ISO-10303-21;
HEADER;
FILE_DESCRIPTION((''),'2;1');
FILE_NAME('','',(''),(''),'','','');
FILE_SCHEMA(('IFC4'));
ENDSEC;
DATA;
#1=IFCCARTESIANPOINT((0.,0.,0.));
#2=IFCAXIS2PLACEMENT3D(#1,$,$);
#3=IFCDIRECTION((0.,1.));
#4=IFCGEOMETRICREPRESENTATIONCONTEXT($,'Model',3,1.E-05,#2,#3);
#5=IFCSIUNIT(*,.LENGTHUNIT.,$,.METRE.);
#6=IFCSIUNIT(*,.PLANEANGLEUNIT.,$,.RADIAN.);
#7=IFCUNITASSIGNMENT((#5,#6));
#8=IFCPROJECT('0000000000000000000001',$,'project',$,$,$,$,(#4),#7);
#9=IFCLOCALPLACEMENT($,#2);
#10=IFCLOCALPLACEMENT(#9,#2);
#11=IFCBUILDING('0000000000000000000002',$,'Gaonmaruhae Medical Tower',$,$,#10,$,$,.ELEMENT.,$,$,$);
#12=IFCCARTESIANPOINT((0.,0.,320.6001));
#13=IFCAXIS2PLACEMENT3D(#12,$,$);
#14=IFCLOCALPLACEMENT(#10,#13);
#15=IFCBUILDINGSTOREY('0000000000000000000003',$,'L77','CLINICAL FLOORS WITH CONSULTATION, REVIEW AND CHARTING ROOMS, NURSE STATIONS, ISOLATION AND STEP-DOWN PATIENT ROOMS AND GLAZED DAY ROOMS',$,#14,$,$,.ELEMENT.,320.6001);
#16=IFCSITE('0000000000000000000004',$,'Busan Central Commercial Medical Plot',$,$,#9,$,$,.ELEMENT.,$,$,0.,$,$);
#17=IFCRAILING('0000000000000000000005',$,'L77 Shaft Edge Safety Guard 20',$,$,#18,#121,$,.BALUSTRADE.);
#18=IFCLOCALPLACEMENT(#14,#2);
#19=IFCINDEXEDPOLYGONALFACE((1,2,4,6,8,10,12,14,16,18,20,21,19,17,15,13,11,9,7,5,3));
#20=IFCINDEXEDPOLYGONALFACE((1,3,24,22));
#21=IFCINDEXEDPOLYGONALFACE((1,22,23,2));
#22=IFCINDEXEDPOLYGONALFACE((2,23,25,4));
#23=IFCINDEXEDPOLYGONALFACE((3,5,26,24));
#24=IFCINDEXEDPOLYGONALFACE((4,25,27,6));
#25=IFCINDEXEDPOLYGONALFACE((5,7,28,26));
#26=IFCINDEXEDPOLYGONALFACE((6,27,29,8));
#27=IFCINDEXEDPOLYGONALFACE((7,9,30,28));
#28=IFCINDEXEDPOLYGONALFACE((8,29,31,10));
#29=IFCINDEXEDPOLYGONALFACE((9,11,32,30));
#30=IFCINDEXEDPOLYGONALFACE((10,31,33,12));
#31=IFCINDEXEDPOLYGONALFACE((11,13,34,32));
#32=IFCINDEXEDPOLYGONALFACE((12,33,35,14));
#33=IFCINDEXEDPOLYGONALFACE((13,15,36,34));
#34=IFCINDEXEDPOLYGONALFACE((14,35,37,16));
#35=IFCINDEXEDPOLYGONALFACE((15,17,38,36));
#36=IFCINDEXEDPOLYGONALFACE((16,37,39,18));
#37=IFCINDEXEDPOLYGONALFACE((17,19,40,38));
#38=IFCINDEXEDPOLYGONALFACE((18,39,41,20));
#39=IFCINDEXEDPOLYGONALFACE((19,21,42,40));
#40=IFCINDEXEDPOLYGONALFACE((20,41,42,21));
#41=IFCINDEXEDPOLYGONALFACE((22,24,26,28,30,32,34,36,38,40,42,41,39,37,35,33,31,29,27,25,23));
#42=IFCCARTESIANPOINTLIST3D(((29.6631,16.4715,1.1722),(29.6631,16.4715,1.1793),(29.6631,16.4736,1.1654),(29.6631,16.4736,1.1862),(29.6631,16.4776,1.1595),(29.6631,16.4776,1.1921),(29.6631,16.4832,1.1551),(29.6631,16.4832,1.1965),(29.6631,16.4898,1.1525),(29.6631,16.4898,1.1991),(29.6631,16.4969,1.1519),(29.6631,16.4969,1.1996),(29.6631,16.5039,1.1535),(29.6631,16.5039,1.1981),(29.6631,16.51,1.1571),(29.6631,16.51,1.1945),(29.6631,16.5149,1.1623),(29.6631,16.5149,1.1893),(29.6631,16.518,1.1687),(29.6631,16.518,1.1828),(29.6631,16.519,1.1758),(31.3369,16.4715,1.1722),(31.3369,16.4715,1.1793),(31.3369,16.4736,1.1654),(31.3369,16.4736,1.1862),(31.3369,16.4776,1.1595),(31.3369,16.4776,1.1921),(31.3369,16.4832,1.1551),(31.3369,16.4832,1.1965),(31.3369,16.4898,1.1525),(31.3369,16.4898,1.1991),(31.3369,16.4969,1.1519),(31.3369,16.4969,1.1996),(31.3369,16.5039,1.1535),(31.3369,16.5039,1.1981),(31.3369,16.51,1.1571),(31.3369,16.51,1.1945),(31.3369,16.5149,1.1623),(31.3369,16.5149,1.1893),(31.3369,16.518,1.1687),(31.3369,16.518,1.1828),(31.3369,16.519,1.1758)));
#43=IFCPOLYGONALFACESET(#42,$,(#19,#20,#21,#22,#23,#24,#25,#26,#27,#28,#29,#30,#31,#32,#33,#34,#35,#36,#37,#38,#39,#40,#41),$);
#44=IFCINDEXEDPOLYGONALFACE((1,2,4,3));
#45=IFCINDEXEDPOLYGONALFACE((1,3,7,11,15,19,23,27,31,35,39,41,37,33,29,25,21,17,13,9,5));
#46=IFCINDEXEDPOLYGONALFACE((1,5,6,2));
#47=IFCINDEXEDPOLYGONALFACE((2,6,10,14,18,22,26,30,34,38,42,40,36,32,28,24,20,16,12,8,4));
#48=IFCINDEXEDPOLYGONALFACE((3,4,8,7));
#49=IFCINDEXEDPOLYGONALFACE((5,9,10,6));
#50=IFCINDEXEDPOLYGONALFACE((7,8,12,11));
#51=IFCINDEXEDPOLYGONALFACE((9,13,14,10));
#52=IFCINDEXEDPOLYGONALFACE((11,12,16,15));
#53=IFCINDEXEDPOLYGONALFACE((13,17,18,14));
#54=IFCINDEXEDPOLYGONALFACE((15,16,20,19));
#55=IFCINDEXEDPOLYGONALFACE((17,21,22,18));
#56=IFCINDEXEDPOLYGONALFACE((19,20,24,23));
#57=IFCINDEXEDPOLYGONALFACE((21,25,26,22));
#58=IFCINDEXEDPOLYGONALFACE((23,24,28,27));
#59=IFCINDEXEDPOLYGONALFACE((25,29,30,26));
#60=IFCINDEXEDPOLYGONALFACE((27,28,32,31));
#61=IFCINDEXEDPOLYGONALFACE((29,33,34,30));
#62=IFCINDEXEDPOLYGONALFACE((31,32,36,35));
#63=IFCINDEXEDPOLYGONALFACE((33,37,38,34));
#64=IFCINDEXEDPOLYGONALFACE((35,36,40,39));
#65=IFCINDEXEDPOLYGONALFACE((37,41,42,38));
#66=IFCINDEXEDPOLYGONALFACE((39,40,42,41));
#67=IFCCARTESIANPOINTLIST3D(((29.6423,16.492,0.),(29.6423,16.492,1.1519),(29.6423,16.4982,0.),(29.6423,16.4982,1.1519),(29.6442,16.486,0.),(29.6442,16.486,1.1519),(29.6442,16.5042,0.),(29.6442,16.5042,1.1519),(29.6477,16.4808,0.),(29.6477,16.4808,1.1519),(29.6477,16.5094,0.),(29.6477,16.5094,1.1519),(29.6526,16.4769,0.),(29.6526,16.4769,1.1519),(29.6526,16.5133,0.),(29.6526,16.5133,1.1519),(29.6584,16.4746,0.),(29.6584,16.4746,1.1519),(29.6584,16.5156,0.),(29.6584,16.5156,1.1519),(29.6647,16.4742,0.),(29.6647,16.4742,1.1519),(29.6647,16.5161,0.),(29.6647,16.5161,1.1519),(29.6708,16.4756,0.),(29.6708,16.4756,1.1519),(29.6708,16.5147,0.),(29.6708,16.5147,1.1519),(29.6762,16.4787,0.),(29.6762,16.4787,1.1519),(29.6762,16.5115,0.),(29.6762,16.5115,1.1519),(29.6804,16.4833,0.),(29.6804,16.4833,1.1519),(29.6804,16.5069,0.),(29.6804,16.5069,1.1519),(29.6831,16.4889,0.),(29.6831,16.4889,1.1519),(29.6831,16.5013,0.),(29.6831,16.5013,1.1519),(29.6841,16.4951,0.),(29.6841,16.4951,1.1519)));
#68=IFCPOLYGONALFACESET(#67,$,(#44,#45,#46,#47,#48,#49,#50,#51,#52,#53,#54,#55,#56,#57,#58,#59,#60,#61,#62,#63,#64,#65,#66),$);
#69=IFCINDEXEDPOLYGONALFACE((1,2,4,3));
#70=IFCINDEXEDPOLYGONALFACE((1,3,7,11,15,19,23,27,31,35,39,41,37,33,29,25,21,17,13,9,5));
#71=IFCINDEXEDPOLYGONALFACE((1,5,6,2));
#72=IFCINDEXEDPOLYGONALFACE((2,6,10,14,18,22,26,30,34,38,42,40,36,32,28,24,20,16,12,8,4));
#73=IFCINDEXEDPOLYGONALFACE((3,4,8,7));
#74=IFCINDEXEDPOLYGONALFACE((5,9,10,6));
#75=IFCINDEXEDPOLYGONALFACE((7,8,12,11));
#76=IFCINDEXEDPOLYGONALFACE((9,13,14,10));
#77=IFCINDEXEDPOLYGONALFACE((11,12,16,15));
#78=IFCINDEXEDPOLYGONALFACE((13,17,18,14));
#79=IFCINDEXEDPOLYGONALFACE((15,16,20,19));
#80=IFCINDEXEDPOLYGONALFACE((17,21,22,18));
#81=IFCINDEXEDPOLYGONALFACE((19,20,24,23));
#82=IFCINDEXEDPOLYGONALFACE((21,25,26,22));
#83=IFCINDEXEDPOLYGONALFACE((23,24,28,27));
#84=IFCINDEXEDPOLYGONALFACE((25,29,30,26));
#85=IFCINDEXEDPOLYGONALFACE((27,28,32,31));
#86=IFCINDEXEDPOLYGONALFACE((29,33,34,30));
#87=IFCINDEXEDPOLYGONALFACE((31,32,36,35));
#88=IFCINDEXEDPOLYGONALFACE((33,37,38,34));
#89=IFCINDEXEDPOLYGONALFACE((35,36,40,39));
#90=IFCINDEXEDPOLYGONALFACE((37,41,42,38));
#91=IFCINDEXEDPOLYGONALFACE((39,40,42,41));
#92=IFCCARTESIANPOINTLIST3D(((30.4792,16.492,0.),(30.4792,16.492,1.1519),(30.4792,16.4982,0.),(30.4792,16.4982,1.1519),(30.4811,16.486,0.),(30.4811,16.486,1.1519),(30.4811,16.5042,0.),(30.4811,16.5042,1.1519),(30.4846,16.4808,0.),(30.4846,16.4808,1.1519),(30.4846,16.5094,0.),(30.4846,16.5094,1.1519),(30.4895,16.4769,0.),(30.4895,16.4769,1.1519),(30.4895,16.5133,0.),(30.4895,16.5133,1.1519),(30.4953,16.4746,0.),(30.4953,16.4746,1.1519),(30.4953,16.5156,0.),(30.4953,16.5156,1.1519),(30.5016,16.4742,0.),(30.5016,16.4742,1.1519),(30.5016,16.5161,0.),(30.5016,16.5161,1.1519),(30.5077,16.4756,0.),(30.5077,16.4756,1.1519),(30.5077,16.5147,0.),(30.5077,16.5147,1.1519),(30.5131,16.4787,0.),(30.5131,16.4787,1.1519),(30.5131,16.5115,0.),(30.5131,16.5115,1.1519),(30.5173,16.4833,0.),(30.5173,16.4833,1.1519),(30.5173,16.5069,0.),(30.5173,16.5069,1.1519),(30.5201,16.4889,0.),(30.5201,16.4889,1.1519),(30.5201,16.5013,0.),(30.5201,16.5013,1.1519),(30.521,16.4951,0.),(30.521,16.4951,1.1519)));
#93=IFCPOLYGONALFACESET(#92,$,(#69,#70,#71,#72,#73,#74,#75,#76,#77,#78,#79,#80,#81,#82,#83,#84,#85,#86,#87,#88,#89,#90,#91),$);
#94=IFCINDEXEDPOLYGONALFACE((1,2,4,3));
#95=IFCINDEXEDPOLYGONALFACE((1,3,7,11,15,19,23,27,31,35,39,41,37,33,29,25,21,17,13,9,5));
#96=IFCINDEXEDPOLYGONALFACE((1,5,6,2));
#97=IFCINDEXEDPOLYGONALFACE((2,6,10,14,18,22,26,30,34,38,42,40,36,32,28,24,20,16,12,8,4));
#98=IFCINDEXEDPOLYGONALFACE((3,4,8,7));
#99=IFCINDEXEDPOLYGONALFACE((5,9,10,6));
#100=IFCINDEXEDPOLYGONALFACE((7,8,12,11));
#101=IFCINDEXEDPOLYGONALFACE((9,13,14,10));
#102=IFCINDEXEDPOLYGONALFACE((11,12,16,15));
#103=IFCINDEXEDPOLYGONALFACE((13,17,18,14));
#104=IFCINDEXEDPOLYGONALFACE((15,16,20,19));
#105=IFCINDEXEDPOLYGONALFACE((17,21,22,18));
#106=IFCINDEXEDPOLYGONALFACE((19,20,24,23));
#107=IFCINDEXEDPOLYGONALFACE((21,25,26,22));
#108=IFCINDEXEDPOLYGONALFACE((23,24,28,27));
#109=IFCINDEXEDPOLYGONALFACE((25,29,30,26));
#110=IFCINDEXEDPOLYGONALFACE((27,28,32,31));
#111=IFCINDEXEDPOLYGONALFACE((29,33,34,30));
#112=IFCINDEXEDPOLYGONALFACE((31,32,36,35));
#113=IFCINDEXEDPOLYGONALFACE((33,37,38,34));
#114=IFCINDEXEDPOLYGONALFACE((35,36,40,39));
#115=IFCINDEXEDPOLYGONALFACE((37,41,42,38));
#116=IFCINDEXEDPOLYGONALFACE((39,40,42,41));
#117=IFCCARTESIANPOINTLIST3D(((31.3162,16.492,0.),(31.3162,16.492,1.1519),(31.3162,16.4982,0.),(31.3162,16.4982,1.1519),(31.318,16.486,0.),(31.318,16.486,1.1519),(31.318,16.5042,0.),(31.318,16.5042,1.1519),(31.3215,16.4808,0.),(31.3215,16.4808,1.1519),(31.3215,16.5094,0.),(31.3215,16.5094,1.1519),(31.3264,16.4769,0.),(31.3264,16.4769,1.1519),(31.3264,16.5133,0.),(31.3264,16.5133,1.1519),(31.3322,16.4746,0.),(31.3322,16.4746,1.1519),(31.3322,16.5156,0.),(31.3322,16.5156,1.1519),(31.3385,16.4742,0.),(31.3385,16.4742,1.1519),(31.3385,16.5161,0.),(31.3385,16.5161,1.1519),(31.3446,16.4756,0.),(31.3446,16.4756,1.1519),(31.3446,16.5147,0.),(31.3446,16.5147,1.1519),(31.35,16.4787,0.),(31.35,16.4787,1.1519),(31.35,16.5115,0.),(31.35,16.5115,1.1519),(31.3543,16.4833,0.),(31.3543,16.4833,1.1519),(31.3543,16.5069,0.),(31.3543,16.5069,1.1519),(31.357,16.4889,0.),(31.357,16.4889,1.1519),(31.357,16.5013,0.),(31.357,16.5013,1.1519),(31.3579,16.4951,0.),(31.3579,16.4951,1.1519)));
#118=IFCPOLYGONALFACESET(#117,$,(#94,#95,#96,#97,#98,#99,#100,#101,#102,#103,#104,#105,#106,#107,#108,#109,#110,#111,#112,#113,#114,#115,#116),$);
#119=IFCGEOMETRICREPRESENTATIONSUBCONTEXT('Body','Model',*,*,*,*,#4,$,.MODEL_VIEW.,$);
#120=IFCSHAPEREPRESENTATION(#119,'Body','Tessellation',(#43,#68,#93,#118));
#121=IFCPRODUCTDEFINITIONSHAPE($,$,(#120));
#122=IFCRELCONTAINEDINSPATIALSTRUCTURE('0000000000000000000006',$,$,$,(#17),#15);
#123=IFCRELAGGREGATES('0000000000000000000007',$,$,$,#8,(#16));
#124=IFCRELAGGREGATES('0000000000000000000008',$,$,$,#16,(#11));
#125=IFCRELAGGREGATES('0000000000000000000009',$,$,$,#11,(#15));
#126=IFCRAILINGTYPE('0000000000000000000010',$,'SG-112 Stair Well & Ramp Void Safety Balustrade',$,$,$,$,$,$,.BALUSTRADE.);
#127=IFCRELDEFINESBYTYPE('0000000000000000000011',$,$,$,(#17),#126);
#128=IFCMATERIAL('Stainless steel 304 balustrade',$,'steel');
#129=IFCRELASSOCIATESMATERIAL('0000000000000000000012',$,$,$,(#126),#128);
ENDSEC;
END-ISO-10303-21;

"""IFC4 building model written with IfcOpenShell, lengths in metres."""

from ifc_helpers import new_model, si_unit, direction, frame, origin, origin_2d, place, context, subcontext, project, spatial, circle, extrude, material, type_object, element, save


model = new_model("IFC4")

# Units and contexts
model_context = context("Model", 3, precision=1e-05, world=origin(), true_north=direction((0.0, 1.0)))
body_context = subcontext(model_context, "Body", "Model", "MODEL_VIEW")
ifc_project = project(units=[si_unit("LENGTHUNIT", "METRE"), si_unit("PLANEANGLEUNIT", "RADIAN")], contexts=[model_context])

# Site, building, storey
site_placement = place(None, origin())
site = spatial("IfcSite", under=ifc_project, at=site_placement, Name="Busan Central Commercial Medical Plot", CompositionType="ELEMENT", RefElevation=0.0)
building_placement = place(site_placement, origin())
building = spatial("IfcBuilding", under=site, at=building_placement, Name="Gaonmaruhae Medical Tower", CompositionType="ELEMENT")
storey_placement = place(building_placement, frame((0.0, 0.0, 320.6001)))
storey = spatial("IfcBuildingStorey", under=building, at=storey_placement, Name="L77", Description="CLINICAL FLOORS WITH CONSULTATION, REVIEW AND CHARTING ROOMS, NURSE STATIONS, ISOLATION AND STEP-DOWN PATIENT ROOMS AND GLAZED DAY ROOMS", CompositionType="ELEMENT", Elevation=320.6001)

# Railing
ifc_material_1 = material(Name="Stainless steel 304 balustrade", Category="steel")
railing_type_1 = type_object("IfcRailingType", Name="SG-112 Stair Well & Ramp Void Safety Balustrade", PredefinedType="BALUSTRADE", material=ifc_material_1)
railing_1_placement = place(storey_placement, frame((29.6631, 16.4951, 0.0)))
element("IfcRailing", 1, at=railing_1_placement, inside=storey, type_object=railing_type_1, Name="L77 Shaft Edge Safety Guard 20", PredefinedType="BALUSTRADE", context=body_context, shape_type="SweptSolid", body=[
    extrude(circle(Radius=0.0239, at=origin_2d()), frame((0.0, 0.0, 1.1758), z_axis=(1.0, 0.0, 0.0), x_axis=(0.0, 1.0, 0.0)), (0.0, 0.0, 1.0), 1.6738),
    extrude(circle(Radius=0.021, at=origin_2d()), origin(), (0.0, 0.0, 1.0), 1.1519),
    extrude(circle(Radius=0.021, at=origin_2d()), frame((0.8369, 0.0, 0.0)), (0.0, 0.0, 1.0), 1.1519),
    extrude(circle(Radius=0.021, at=origin_2d()), frame((1.6738, 0.0, 0.0)), (0.0, 0.0, 1.0), 1.1519),
])

save(model, "model.ifc")
